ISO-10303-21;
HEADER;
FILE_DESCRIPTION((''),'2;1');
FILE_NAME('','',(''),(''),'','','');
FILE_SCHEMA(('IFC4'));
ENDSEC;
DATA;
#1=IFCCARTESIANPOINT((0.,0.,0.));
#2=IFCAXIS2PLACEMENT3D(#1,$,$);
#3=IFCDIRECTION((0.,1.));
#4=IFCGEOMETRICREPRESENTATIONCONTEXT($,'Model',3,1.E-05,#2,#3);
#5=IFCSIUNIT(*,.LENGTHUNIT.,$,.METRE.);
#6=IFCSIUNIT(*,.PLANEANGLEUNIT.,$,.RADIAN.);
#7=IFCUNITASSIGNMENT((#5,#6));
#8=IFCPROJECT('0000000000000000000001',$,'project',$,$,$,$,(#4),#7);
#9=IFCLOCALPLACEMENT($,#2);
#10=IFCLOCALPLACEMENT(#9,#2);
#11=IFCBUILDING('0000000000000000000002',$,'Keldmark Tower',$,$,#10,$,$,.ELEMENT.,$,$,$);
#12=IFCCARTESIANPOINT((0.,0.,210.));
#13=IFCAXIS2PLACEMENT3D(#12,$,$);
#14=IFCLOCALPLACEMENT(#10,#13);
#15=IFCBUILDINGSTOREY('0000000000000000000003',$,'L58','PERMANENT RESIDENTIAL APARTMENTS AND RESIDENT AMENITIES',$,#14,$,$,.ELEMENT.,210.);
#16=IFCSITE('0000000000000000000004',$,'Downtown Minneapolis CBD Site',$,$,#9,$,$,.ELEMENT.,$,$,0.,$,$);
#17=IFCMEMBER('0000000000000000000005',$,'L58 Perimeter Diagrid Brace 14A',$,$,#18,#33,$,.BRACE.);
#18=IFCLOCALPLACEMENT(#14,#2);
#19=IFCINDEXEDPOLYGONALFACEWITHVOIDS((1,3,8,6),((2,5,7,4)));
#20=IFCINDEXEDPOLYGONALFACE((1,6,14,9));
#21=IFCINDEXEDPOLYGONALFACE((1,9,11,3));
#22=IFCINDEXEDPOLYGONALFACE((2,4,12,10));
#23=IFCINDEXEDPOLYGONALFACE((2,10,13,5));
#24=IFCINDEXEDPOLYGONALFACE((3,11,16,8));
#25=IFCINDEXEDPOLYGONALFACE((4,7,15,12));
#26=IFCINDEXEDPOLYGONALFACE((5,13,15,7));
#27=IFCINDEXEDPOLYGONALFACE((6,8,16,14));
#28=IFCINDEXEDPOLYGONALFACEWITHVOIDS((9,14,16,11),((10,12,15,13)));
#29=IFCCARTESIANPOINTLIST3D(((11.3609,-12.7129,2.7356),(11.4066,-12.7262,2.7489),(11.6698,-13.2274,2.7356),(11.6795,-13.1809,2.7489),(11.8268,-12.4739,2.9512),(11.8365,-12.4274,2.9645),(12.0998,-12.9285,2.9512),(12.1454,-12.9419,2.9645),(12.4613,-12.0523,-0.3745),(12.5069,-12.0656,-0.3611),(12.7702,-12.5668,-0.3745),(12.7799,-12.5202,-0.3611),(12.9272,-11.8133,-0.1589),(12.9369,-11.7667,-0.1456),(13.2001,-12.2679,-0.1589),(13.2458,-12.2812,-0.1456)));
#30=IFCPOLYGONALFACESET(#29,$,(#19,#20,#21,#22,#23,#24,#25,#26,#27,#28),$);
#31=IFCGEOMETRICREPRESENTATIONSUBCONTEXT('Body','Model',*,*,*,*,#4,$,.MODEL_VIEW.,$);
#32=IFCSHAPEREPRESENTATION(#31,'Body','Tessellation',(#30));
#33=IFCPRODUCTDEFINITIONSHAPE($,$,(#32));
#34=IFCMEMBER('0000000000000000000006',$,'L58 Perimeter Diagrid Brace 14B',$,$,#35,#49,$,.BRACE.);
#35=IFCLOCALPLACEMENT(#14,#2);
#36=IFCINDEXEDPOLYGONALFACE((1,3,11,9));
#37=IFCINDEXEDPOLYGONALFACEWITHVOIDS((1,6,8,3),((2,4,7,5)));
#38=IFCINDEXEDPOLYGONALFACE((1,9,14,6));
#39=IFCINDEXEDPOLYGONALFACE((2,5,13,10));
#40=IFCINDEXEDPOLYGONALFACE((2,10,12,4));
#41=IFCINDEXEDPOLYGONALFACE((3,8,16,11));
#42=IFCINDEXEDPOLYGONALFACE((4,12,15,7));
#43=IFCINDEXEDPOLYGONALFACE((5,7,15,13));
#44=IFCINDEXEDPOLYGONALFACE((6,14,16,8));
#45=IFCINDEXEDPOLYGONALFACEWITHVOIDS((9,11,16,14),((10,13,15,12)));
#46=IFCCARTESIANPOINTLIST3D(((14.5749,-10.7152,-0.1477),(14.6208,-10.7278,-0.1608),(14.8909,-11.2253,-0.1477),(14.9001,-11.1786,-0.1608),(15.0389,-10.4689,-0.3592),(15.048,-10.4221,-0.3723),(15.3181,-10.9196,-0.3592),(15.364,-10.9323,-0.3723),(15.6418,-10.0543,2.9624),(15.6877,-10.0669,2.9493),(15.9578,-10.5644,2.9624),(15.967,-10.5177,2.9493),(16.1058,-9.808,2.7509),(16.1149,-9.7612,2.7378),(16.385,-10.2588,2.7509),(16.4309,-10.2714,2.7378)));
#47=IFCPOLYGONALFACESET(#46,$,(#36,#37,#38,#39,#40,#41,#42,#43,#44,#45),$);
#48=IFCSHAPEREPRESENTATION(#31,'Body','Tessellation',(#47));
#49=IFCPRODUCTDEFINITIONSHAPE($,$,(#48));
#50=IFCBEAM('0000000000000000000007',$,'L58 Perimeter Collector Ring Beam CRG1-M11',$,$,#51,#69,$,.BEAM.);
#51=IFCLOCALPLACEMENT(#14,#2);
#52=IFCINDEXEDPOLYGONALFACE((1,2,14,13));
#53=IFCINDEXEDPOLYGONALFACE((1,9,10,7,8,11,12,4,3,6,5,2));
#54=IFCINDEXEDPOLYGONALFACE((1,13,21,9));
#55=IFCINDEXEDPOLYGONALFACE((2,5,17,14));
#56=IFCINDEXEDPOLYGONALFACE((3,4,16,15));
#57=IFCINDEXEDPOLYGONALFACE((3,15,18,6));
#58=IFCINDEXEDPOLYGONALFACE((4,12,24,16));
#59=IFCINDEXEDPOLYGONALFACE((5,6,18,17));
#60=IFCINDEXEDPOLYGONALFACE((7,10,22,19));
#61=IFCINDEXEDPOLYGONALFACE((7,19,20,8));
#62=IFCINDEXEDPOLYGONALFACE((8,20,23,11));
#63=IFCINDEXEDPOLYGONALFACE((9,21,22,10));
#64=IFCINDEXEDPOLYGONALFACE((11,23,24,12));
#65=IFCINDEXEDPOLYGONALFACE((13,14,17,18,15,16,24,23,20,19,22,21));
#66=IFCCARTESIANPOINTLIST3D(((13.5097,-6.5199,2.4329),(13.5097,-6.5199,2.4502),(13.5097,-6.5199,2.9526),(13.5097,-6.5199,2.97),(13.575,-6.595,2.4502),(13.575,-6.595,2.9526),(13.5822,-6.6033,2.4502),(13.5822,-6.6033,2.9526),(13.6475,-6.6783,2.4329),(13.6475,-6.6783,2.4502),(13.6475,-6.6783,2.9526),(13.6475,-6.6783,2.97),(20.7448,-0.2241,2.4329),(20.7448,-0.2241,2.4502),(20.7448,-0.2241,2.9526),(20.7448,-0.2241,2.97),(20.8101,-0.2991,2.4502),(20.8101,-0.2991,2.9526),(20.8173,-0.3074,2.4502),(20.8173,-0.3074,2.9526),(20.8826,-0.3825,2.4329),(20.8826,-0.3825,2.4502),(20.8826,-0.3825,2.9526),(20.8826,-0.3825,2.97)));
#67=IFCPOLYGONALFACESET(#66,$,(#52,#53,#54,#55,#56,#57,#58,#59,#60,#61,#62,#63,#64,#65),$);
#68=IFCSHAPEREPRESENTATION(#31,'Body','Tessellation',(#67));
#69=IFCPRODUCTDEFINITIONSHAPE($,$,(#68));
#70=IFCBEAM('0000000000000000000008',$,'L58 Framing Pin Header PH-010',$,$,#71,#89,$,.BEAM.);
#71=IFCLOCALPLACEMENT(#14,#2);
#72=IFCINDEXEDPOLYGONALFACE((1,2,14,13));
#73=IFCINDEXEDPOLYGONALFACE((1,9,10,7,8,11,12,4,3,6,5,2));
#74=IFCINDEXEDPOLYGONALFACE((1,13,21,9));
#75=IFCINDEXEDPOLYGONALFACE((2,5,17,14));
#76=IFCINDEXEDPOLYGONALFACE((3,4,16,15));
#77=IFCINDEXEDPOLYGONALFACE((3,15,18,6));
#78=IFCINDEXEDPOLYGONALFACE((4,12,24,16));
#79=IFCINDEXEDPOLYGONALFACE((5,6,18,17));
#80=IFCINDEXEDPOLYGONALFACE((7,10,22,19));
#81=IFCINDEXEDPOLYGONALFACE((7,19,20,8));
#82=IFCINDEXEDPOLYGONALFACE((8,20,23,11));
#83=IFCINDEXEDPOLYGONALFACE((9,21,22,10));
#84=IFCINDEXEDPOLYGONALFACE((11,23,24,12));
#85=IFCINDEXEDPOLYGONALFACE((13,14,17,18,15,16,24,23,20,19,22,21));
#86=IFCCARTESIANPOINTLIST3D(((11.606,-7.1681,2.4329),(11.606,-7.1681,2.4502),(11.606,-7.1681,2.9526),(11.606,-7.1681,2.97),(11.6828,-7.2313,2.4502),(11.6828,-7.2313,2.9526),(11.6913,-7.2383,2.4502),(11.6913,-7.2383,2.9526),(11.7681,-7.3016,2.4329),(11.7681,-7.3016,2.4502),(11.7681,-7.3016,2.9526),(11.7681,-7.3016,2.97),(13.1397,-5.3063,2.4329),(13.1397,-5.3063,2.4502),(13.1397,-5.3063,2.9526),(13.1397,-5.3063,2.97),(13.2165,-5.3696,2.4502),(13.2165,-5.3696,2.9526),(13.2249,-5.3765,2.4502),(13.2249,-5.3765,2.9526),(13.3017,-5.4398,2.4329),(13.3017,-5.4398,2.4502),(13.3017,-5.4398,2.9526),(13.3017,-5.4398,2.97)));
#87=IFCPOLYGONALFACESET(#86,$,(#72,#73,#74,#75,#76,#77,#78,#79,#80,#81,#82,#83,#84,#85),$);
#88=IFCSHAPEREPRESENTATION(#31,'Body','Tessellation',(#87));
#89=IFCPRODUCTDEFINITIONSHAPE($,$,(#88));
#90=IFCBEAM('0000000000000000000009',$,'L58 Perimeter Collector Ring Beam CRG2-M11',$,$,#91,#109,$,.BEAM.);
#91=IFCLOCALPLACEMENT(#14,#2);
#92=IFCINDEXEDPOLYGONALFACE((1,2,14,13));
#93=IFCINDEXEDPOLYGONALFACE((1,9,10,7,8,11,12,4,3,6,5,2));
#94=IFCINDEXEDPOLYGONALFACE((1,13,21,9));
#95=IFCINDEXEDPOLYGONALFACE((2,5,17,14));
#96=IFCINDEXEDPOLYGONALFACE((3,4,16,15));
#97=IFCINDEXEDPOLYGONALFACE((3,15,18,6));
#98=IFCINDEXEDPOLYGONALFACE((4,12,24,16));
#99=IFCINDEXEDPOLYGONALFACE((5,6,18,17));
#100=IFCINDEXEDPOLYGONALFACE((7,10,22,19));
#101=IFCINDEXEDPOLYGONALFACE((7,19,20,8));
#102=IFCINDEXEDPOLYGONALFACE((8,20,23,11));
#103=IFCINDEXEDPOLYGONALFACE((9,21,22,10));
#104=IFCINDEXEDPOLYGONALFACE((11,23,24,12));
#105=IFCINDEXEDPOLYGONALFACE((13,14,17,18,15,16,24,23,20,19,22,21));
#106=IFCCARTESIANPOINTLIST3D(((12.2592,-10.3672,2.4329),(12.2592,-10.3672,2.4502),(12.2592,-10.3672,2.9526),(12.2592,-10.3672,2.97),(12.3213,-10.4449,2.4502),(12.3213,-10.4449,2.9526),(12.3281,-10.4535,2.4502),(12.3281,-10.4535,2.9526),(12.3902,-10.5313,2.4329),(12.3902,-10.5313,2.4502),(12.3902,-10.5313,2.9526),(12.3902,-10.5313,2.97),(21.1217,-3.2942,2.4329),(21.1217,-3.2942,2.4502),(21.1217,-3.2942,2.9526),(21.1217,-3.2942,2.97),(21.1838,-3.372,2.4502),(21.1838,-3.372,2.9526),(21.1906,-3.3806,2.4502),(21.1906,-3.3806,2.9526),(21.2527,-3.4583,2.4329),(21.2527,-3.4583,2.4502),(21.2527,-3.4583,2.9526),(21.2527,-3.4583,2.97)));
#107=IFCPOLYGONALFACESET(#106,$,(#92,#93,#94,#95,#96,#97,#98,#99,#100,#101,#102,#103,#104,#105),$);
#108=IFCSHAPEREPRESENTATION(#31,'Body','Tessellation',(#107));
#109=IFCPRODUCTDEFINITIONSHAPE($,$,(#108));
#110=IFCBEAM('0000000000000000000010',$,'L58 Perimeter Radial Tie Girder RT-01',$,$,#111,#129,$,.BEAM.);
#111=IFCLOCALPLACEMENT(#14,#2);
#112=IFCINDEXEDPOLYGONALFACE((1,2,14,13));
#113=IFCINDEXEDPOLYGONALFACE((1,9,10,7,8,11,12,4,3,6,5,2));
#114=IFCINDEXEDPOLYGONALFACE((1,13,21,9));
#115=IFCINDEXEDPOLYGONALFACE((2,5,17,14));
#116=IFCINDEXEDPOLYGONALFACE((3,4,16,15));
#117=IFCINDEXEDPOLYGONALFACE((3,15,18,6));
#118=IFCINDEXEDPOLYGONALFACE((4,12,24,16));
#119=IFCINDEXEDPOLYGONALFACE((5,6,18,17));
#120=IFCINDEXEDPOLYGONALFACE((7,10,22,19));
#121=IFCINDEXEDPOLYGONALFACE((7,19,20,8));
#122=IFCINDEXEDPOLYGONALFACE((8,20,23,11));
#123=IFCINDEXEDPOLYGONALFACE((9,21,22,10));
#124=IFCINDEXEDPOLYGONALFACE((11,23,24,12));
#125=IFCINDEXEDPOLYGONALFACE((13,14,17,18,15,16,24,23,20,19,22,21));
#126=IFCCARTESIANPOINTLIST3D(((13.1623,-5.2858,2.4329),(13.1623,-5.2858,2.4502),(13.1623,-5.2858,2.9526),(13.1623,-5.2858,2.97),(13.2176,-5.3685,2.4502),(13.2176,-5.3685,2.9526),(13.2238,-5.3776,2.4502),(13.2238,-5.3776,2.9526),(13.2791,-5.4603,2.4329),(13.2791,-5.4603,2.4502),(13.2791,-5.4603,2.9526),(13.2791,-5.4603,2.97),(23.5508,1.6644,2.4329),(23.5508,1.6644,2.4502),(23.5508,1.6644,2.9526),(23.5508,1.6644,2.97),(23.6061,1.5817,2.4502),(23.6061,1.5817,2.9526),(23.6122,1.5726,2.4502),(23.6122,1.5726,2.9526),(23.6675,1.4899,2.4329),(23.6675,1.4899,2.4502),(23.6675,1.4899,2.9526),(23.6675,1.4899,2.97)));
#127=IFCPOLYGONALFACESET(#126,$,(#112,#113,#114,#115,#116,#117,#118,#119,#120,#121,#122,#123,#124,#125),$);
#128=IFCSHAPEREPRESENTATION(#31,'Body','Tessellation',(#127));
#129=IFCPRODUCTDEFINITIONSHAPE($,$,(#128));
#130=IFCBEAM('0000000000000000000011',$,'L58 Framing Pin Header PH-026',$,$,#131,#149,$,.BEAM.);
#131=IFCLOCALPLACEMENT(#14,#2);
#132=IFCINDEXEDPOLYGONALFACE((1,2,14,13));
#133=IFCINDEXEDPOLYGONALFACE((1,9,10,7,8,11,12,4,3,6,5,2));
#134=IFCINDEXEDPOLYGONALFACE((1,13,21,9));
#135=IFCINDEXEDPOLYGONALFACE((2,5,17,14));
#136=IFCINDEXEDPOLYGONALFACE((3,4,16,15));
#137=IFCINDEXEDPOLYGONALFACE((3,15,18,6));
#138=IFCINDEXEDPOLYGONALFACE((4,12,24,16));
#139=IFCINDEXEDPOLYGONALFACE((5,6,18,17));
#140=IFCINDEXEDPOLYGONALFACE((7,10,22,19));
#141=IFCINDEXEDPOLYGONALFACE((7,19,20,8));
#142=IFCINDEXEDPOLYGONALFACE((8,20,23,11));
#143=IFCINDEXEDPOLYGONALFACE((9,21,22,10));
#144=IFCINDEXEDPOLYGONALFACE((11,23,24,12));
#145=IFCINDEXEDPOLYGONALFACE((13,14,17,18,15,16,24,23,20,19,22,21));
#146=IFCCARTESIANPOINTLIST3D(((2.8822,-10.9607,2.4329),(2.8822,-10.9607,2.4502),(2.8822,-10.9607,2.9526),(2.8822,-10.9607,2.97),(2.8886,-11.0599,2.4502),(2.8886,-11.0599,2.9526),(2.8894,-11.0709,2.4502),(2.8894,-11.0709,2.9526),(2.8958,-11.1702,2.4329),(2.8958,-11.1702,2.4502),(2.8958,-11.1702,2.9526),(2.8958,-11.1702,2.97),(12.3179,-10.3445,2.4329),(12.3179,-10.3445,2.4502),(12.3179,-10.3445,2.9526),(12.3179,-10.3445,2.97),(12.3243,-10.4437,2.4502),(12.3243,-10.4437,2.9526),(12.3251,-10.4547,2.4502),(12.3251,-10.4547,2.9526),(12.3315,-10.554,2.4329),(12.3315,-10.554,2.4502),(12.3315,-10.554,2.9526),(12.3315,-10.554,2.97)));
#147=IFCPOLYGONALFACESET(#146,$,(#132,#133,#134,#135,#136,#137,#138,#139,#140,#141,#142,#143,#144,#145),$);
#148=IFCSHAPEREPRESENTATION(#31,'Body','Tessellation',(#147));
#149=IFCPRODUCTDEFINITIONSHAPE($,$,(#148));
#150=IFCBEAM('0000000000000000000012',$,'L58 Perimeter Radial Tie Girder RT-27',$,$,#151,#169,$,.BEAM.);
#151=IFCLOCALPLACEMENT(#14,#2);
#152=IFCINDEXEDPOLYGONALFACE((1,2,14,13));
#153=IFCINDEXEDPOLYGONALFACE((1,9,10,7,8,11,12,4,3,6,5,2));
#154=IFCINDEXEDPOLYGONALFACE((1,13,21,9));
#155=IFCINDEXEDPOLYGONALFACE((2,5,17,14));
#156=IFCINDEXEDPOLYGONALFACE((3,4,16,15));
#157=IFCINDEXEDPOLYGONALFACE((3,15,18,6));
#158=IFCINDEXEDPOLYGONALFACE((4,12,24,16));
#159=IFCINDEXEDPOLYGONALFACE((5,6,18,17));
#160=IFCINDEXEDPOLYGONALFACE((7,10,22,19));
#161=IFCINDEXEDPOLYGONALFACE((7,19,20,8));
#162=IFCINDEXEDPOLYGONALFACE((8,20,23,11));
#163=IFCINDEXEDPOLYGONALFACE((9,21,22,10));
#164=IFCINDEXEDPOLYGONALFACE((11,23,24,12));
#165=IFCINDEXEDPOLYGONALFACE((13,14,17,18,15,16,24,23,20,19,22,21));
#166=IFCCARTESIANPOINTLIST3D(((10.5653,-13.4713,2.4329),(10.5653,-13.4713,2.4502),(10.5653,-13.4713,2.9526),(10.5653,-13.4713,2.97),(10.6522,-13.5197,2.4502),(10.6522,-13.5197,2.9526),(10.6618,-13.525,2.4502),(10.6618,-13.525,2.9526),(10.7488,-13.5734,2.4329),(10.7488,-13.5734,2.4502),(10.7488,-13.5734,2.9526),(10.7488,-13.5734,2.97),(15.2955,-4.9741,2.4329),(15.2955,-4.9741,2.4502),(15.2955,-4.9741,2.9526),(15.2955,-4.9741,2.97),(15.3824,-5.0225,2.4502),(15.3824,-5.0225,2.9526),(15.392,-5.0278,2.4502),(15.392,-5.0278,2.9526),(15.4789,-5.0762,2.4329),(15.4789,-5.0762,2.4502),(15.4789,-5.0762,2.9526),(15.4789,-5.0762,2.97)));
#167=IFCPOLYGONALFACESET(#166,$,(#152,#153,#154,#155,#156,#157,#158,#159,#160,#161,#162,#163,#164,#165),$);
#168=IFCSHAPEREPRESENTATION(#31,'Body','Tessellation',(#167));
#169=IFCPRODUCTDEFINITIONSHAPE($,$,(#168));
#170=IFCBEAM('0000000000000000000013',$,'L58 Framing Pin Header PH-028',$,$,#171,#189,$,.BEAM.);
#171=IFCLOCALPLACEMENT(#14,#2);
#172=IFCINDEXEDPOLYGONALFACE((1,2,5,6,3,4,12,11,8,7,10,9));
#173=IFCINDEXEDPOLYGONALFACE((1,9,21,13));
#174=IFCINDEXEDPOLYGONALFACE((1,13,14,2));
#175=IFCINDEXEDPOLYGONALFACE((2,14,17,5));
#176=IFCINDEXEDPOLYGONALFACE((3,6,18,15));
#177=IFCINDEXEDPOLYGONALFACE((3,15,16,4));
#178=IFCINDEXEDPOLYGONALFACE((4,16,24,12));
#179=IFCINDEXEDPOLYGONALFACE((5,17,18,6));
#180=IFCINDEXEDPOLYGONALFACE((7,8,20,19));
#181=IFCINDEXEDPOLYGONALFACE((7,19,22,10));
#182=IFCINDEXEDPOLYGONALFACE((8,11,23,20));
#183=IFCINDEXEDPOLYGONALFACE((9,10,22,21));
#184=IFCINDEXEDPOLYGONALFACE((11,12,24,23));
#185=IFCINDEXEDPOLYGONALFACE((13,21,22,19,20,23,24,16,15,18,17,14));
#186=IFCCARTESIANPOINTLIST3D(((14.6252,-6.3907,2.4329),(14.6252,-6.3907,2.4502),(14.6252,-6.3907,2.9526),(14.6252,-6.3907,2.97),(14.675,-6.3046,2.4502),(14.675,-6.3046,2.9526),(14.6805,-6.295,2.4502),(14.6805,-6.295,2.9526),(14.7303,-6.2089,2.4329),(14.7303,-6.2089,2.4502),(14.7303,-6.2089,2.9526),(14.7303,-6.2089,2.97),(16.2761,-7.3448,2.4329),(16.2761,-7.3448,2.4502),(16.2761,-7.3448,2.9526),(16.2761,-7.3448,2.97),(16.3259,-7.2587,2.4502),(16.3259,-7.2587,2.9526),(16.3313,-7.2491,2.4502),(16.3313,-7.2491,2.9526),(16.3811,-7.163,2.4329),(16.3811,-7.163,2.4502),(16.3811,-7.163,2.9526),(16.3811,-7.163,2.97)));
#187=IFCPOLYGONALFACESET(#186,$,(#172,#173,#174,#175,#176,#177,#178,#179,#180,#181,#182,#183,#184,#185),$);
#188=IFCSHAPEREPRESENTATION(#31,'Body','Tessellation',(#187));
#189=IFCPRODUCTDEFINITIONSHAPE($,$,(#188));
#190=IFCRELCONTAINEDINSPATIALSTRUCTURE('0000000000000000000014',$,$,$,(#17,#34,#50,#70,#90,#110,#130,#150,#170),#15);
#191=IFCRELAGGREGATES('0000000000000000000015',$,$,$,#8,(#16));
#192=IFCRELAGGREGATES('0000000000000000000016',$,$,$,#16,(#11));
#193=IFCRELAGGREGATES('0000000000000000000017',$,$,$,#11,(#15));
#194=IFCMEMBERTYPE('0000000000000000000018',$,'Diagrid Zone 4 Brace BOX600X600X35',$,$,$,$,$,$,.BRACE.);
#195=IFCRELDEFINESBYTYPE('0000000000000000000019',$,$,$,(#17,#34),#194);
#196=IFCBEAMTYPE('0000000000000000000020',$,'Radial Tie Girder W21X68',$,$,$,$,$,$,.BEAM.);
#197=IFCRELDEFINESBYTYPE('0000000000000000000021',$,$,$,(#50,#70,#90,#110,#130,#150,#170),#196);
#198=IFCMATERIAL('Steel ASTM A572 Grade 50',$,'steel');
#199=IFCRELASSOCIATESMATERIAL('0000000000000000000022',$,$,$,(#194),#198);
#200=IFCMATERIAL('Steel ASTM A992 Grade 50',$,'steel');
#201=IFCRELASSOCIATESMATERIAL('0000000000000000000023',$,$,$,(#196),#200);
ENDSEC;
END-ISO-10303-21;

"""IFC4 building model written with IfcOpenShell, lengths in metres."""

from ifc_helpers import new_model, si_unit, direction, frame, origin, origin_2d, place, context, subcontext, project, spatial, hollow_rectangle, i_section, extrude, material, material_profile, profile_set, type_object, element, save


model = new_model("IFC4")

# Units and contexts
model_context = context("Model", 3, precision=1e-05, world=origin(), true_north=direction((0.0, 1.0)))
body_context = subcontext(model_context, "Body", "Model", "MODEL_VIEW")
ifc_project = project(units=[si_unit("LENGTHUNIT", "METRE"), si_unit("PLANEANGLEUNIT", "RADIAN")], contexts=[model_context])

# Site, building, storey
site_placement = place(None, origin())
site = spatial("IfcSite", under=ifc_project, at=site_placement, Name="Downtown Minneapolis CBD Site", CompositionType="ELEMENT", RefElevation=0.0)
building_placement = place(site_placement, origin())
building = spatial("IfcBuilding", under=site, at=building_placement, Name="Keldmark Tower", CompositionType="ELEMENT")
storey_placement = place(building_placement, frame((0.0, 0.0, 210.0)))
storey = spatial("IfcBuildingStorey", under=building, at=storey_placement, Name="L58", Description="PERMANENT RESIDENTIAL APARTMENTS AND RESIDENT AMENITIES", CompositionType="ELEMENT", Elevation=210.0)

# Members
ifc_material_1 = material(Name="Steel ASTM A572 Grade 50", Category="steel")
ifc_material_profile_1 = material_profile(ifc_material_1, hollow_rectangle(XDim=0.6001, YDim=0.6001, WallThickness=0.0349, at=origin_2d()), Name="BOX600X600X35")
ifc_profile_set_1 = profile_set([ifc_material_profile_1], Name="Steel ASTM A572 Grade 50")
member_type = type_object("IfcMemberType", Name="Diagrid Zone 4 Brace BOX600X600X35", PredefinedType="BRACE", material=ifc_profile_set_1)
member_1_placement = place(storey_placement, frame((12.8535, -12.1667, -0.26), z_axis=(-0.327043, -0.196356, 0.924385), x_axis=(0.514748, -0.857342, 0.0)))
element("IfcMember", 1, at=member_1_placement, inside=storey, type_object=member_type, Name="L58 Perimeter Diagrid Brace 14A", PredefinedType="BRACE", context=body_context, shape_type="SweptSolid", body=[
    extrude(hollow_rectangle(XDim=0.6001, YDim=0.6001, WallThickness=0.0349, at=origin_2d()), origin(), (0.0, 0.0, 1.0), 3.3645),
])
member_2_placement = place(storey_placement, frame((14.9695, -10.8237, -0.26), z_axis=(0.318118, 0.197058, 0.927345), x_axis=(-0.526602, 0.850112, 0.0)))
element("IfcMember", 2, at=member_2_placement, inside=storey, type_object=member_type, Name="L58 Perimeter Diagrid Brace 14B", PredefinedType="BRACE", context=body_context, shape_type="SweptSolid", body=[
    extrude(hollow_rectangle(XDim=0.6001, YDim=0.6001, WallThickness=0.0349, at=origin_2d()), origin(), (0.0, 0.0, 1.0), 3.3538),
])

# Beams
ifc_material_2 = material(Name="Steel ASTM A992 Grade 50", Category="steel")
ifc_material_profile_2 = material_profile(ifc_material_2, i_section(OverallWidth=0.21, OverallDepth=0.5371, WebThickness=0.011, FlangeThickness=0.0173, at=origin_2d()), Name="W21X68")
ifc_profile_set_2 = profile_set([ifc_material_profile_2], Name="Steel ASTM A992 Grade 50")
beam_type_1 = type_object("IfcBeamType", Name="Radial Tie Girder W21X68", PredefinedType="BEAM", material=ifc_profile_set_2)
beam_1_placement = place(storey_placement, frame((13.5786, -6.5991, 2.7014), z_axis=(0.754373, 0.656446, 0.0), x_axis=(-0.656446, 0.754373, 0.0)))
element("IfcBeam", 3, at=beam_1_placement, inside=storey, type_object=beam_type_1, Name="L58 Perimeter Collector Ring Beam CRG1-M11", PredefinedType="BEAM", context=body_context, shape_type="SweptSolid", body=[
    extrude(i_section(OverallWidth=0.21, OverallDepth=0.5371, WebThickness=0.011, FlangeThickness=0.0173, at=origin_2d()), origin(), (0.0, 0.0, 1.0), 9.5908),
])
beam_2_placement = place(storey_placement, frame((13.2207, -5.373, 2.7014), z_axis=(-0.635814, -0.771843, 0.0), x_axis=(0.771843, -0.635814, 0.0)))
element("IfcBeam", 4, at=beam_2_placement, inside=storey, type_object=beam_type_1, Name="L58 Framing Pin Header PH-010", PredefinedType="BEAM", context=body_context, shape_type="SweptSolid", body=[
    extrude(i_section(OverallWidth=0.21, OverallDepth=0.5371, WebThickness=0.011, FlangeThickness=0.0173, at=origin_2d()), origin(), (0.0, 0.0, 1.0), 2.4121),
])
beam_3_placement = place(storey_placement, frame((12.3247, -10.4492, 2.7014), z_axis=(0.781601, 0.623778, 0.0), x_axis=(-0.623778, 0.781601, 0.0)))
element("IfcBeam", 5, at=beam_3_placement, inside=storey, type_object=beam_type_1, Name="L58 Perimeter Collector Ring Beam CRG2-M11", PredefinedType="BEAM", context=body_context, shape_type="SweptSolid", body=[
    extrude(i_section(OverallWidth=0.21, OverallDepth=0.5371, WebThickness=0.011, FlangeThickness=0.0173, at=origin_2d()), origin(), (0.0, 0.0, 1.0), 11.3389),
])
beam_4_placement = place(storey_placement, frame((13.2207, -5.373, 2.7014), z_axis=(0.831142, 0.556061, 0.0), x_axis=(-0.556061, 0.831142, 0.0)))
element("IfcBeam", 6, at=beam_4_placement, inside=storey, type_object=beam_type_1, Name="L58 Perimeter Radial Tie Girder RT-01", PredefinedType="BEAM", context=body_context, shape_type="SweptSolid", body=[
    extrude(i_section(OverallWidth=0.21, OverallDepth=0.5371, WebThickness=0.011, FlangeThickness=0.0173, at=origin_2d()), origin(), (0.0, 0.0, 1.0), 12.499),
])
beam_5_placement = place(storey_placement, frame((12.3247, -10.4492, 2.7014), z_axis=(-0.997874, -0.065167, 0.0), x_axis=(0.065167, -0.997874, 0.0)))
element("IfcBeam", 7, at=beam_5_placement, inside=storey, type_object=beam_type_1, Name="L58 Framing Pin Header PH-026", PredefinedType="BEAM", context=body_context, shape_type="SweptSolid", body=[
    extrude(i_section(OverallWidth=0.21, OverallDepth=0.5371, WebThickness=0.011, FlangeThickness=0.0173, at=origin_2d()), origin(), (0.0, 0.0, 1.0), 9.4558),
])
beam_6_placement = place(storey_placement, frame((15.3872, -5.0251, 2.7014), z_axis=(-0.486389, -0.873743, 0.0), x_axis=(0.873743, -0.486389, 0.0)))
element("IfcBeam", 8, at=beam_6_placement, inside=storey, type_object=beam_type_1, Name="L58 Perimeter Radial Tie Girder RT-27", PredefinedType="BEAM", context=body_context, shape_type="SweptSolid", body=[
    extrude(i_section(OverallWidth=0.21, OverallDepth=0.5371, WebThickness=0.011, FlangeThickness=0.0173, at=origin_2d()), origin(), (0.0, 0.0, 1.0), 9.7251),
])
beam_7_placement = place(storey_placement, frame((14.6777, -6.2998, 2.7014), z_axis=(0.865806, -0.50038, 0.0), x_axis=(0.50038, 0.865806, 0.0)))
element("IfcBeam", 9, at=beam_7_placement, inside=storey, type_object=beam_type_1, Name="L58 Framing Pin Header PH-028", PredefinedType="BEAM", context=body_context, shape_type="SweptSolid", body=[
    extrude(i_section(OverallWidth=0.21, OverallDepth=0.5371, WebThickness=0.011, FlangeThickness=0.0173, at=origin_2d()), origin(), (0.0, 0.0, 1.0), 1.9067),
])

save(model, "model.ifc")
